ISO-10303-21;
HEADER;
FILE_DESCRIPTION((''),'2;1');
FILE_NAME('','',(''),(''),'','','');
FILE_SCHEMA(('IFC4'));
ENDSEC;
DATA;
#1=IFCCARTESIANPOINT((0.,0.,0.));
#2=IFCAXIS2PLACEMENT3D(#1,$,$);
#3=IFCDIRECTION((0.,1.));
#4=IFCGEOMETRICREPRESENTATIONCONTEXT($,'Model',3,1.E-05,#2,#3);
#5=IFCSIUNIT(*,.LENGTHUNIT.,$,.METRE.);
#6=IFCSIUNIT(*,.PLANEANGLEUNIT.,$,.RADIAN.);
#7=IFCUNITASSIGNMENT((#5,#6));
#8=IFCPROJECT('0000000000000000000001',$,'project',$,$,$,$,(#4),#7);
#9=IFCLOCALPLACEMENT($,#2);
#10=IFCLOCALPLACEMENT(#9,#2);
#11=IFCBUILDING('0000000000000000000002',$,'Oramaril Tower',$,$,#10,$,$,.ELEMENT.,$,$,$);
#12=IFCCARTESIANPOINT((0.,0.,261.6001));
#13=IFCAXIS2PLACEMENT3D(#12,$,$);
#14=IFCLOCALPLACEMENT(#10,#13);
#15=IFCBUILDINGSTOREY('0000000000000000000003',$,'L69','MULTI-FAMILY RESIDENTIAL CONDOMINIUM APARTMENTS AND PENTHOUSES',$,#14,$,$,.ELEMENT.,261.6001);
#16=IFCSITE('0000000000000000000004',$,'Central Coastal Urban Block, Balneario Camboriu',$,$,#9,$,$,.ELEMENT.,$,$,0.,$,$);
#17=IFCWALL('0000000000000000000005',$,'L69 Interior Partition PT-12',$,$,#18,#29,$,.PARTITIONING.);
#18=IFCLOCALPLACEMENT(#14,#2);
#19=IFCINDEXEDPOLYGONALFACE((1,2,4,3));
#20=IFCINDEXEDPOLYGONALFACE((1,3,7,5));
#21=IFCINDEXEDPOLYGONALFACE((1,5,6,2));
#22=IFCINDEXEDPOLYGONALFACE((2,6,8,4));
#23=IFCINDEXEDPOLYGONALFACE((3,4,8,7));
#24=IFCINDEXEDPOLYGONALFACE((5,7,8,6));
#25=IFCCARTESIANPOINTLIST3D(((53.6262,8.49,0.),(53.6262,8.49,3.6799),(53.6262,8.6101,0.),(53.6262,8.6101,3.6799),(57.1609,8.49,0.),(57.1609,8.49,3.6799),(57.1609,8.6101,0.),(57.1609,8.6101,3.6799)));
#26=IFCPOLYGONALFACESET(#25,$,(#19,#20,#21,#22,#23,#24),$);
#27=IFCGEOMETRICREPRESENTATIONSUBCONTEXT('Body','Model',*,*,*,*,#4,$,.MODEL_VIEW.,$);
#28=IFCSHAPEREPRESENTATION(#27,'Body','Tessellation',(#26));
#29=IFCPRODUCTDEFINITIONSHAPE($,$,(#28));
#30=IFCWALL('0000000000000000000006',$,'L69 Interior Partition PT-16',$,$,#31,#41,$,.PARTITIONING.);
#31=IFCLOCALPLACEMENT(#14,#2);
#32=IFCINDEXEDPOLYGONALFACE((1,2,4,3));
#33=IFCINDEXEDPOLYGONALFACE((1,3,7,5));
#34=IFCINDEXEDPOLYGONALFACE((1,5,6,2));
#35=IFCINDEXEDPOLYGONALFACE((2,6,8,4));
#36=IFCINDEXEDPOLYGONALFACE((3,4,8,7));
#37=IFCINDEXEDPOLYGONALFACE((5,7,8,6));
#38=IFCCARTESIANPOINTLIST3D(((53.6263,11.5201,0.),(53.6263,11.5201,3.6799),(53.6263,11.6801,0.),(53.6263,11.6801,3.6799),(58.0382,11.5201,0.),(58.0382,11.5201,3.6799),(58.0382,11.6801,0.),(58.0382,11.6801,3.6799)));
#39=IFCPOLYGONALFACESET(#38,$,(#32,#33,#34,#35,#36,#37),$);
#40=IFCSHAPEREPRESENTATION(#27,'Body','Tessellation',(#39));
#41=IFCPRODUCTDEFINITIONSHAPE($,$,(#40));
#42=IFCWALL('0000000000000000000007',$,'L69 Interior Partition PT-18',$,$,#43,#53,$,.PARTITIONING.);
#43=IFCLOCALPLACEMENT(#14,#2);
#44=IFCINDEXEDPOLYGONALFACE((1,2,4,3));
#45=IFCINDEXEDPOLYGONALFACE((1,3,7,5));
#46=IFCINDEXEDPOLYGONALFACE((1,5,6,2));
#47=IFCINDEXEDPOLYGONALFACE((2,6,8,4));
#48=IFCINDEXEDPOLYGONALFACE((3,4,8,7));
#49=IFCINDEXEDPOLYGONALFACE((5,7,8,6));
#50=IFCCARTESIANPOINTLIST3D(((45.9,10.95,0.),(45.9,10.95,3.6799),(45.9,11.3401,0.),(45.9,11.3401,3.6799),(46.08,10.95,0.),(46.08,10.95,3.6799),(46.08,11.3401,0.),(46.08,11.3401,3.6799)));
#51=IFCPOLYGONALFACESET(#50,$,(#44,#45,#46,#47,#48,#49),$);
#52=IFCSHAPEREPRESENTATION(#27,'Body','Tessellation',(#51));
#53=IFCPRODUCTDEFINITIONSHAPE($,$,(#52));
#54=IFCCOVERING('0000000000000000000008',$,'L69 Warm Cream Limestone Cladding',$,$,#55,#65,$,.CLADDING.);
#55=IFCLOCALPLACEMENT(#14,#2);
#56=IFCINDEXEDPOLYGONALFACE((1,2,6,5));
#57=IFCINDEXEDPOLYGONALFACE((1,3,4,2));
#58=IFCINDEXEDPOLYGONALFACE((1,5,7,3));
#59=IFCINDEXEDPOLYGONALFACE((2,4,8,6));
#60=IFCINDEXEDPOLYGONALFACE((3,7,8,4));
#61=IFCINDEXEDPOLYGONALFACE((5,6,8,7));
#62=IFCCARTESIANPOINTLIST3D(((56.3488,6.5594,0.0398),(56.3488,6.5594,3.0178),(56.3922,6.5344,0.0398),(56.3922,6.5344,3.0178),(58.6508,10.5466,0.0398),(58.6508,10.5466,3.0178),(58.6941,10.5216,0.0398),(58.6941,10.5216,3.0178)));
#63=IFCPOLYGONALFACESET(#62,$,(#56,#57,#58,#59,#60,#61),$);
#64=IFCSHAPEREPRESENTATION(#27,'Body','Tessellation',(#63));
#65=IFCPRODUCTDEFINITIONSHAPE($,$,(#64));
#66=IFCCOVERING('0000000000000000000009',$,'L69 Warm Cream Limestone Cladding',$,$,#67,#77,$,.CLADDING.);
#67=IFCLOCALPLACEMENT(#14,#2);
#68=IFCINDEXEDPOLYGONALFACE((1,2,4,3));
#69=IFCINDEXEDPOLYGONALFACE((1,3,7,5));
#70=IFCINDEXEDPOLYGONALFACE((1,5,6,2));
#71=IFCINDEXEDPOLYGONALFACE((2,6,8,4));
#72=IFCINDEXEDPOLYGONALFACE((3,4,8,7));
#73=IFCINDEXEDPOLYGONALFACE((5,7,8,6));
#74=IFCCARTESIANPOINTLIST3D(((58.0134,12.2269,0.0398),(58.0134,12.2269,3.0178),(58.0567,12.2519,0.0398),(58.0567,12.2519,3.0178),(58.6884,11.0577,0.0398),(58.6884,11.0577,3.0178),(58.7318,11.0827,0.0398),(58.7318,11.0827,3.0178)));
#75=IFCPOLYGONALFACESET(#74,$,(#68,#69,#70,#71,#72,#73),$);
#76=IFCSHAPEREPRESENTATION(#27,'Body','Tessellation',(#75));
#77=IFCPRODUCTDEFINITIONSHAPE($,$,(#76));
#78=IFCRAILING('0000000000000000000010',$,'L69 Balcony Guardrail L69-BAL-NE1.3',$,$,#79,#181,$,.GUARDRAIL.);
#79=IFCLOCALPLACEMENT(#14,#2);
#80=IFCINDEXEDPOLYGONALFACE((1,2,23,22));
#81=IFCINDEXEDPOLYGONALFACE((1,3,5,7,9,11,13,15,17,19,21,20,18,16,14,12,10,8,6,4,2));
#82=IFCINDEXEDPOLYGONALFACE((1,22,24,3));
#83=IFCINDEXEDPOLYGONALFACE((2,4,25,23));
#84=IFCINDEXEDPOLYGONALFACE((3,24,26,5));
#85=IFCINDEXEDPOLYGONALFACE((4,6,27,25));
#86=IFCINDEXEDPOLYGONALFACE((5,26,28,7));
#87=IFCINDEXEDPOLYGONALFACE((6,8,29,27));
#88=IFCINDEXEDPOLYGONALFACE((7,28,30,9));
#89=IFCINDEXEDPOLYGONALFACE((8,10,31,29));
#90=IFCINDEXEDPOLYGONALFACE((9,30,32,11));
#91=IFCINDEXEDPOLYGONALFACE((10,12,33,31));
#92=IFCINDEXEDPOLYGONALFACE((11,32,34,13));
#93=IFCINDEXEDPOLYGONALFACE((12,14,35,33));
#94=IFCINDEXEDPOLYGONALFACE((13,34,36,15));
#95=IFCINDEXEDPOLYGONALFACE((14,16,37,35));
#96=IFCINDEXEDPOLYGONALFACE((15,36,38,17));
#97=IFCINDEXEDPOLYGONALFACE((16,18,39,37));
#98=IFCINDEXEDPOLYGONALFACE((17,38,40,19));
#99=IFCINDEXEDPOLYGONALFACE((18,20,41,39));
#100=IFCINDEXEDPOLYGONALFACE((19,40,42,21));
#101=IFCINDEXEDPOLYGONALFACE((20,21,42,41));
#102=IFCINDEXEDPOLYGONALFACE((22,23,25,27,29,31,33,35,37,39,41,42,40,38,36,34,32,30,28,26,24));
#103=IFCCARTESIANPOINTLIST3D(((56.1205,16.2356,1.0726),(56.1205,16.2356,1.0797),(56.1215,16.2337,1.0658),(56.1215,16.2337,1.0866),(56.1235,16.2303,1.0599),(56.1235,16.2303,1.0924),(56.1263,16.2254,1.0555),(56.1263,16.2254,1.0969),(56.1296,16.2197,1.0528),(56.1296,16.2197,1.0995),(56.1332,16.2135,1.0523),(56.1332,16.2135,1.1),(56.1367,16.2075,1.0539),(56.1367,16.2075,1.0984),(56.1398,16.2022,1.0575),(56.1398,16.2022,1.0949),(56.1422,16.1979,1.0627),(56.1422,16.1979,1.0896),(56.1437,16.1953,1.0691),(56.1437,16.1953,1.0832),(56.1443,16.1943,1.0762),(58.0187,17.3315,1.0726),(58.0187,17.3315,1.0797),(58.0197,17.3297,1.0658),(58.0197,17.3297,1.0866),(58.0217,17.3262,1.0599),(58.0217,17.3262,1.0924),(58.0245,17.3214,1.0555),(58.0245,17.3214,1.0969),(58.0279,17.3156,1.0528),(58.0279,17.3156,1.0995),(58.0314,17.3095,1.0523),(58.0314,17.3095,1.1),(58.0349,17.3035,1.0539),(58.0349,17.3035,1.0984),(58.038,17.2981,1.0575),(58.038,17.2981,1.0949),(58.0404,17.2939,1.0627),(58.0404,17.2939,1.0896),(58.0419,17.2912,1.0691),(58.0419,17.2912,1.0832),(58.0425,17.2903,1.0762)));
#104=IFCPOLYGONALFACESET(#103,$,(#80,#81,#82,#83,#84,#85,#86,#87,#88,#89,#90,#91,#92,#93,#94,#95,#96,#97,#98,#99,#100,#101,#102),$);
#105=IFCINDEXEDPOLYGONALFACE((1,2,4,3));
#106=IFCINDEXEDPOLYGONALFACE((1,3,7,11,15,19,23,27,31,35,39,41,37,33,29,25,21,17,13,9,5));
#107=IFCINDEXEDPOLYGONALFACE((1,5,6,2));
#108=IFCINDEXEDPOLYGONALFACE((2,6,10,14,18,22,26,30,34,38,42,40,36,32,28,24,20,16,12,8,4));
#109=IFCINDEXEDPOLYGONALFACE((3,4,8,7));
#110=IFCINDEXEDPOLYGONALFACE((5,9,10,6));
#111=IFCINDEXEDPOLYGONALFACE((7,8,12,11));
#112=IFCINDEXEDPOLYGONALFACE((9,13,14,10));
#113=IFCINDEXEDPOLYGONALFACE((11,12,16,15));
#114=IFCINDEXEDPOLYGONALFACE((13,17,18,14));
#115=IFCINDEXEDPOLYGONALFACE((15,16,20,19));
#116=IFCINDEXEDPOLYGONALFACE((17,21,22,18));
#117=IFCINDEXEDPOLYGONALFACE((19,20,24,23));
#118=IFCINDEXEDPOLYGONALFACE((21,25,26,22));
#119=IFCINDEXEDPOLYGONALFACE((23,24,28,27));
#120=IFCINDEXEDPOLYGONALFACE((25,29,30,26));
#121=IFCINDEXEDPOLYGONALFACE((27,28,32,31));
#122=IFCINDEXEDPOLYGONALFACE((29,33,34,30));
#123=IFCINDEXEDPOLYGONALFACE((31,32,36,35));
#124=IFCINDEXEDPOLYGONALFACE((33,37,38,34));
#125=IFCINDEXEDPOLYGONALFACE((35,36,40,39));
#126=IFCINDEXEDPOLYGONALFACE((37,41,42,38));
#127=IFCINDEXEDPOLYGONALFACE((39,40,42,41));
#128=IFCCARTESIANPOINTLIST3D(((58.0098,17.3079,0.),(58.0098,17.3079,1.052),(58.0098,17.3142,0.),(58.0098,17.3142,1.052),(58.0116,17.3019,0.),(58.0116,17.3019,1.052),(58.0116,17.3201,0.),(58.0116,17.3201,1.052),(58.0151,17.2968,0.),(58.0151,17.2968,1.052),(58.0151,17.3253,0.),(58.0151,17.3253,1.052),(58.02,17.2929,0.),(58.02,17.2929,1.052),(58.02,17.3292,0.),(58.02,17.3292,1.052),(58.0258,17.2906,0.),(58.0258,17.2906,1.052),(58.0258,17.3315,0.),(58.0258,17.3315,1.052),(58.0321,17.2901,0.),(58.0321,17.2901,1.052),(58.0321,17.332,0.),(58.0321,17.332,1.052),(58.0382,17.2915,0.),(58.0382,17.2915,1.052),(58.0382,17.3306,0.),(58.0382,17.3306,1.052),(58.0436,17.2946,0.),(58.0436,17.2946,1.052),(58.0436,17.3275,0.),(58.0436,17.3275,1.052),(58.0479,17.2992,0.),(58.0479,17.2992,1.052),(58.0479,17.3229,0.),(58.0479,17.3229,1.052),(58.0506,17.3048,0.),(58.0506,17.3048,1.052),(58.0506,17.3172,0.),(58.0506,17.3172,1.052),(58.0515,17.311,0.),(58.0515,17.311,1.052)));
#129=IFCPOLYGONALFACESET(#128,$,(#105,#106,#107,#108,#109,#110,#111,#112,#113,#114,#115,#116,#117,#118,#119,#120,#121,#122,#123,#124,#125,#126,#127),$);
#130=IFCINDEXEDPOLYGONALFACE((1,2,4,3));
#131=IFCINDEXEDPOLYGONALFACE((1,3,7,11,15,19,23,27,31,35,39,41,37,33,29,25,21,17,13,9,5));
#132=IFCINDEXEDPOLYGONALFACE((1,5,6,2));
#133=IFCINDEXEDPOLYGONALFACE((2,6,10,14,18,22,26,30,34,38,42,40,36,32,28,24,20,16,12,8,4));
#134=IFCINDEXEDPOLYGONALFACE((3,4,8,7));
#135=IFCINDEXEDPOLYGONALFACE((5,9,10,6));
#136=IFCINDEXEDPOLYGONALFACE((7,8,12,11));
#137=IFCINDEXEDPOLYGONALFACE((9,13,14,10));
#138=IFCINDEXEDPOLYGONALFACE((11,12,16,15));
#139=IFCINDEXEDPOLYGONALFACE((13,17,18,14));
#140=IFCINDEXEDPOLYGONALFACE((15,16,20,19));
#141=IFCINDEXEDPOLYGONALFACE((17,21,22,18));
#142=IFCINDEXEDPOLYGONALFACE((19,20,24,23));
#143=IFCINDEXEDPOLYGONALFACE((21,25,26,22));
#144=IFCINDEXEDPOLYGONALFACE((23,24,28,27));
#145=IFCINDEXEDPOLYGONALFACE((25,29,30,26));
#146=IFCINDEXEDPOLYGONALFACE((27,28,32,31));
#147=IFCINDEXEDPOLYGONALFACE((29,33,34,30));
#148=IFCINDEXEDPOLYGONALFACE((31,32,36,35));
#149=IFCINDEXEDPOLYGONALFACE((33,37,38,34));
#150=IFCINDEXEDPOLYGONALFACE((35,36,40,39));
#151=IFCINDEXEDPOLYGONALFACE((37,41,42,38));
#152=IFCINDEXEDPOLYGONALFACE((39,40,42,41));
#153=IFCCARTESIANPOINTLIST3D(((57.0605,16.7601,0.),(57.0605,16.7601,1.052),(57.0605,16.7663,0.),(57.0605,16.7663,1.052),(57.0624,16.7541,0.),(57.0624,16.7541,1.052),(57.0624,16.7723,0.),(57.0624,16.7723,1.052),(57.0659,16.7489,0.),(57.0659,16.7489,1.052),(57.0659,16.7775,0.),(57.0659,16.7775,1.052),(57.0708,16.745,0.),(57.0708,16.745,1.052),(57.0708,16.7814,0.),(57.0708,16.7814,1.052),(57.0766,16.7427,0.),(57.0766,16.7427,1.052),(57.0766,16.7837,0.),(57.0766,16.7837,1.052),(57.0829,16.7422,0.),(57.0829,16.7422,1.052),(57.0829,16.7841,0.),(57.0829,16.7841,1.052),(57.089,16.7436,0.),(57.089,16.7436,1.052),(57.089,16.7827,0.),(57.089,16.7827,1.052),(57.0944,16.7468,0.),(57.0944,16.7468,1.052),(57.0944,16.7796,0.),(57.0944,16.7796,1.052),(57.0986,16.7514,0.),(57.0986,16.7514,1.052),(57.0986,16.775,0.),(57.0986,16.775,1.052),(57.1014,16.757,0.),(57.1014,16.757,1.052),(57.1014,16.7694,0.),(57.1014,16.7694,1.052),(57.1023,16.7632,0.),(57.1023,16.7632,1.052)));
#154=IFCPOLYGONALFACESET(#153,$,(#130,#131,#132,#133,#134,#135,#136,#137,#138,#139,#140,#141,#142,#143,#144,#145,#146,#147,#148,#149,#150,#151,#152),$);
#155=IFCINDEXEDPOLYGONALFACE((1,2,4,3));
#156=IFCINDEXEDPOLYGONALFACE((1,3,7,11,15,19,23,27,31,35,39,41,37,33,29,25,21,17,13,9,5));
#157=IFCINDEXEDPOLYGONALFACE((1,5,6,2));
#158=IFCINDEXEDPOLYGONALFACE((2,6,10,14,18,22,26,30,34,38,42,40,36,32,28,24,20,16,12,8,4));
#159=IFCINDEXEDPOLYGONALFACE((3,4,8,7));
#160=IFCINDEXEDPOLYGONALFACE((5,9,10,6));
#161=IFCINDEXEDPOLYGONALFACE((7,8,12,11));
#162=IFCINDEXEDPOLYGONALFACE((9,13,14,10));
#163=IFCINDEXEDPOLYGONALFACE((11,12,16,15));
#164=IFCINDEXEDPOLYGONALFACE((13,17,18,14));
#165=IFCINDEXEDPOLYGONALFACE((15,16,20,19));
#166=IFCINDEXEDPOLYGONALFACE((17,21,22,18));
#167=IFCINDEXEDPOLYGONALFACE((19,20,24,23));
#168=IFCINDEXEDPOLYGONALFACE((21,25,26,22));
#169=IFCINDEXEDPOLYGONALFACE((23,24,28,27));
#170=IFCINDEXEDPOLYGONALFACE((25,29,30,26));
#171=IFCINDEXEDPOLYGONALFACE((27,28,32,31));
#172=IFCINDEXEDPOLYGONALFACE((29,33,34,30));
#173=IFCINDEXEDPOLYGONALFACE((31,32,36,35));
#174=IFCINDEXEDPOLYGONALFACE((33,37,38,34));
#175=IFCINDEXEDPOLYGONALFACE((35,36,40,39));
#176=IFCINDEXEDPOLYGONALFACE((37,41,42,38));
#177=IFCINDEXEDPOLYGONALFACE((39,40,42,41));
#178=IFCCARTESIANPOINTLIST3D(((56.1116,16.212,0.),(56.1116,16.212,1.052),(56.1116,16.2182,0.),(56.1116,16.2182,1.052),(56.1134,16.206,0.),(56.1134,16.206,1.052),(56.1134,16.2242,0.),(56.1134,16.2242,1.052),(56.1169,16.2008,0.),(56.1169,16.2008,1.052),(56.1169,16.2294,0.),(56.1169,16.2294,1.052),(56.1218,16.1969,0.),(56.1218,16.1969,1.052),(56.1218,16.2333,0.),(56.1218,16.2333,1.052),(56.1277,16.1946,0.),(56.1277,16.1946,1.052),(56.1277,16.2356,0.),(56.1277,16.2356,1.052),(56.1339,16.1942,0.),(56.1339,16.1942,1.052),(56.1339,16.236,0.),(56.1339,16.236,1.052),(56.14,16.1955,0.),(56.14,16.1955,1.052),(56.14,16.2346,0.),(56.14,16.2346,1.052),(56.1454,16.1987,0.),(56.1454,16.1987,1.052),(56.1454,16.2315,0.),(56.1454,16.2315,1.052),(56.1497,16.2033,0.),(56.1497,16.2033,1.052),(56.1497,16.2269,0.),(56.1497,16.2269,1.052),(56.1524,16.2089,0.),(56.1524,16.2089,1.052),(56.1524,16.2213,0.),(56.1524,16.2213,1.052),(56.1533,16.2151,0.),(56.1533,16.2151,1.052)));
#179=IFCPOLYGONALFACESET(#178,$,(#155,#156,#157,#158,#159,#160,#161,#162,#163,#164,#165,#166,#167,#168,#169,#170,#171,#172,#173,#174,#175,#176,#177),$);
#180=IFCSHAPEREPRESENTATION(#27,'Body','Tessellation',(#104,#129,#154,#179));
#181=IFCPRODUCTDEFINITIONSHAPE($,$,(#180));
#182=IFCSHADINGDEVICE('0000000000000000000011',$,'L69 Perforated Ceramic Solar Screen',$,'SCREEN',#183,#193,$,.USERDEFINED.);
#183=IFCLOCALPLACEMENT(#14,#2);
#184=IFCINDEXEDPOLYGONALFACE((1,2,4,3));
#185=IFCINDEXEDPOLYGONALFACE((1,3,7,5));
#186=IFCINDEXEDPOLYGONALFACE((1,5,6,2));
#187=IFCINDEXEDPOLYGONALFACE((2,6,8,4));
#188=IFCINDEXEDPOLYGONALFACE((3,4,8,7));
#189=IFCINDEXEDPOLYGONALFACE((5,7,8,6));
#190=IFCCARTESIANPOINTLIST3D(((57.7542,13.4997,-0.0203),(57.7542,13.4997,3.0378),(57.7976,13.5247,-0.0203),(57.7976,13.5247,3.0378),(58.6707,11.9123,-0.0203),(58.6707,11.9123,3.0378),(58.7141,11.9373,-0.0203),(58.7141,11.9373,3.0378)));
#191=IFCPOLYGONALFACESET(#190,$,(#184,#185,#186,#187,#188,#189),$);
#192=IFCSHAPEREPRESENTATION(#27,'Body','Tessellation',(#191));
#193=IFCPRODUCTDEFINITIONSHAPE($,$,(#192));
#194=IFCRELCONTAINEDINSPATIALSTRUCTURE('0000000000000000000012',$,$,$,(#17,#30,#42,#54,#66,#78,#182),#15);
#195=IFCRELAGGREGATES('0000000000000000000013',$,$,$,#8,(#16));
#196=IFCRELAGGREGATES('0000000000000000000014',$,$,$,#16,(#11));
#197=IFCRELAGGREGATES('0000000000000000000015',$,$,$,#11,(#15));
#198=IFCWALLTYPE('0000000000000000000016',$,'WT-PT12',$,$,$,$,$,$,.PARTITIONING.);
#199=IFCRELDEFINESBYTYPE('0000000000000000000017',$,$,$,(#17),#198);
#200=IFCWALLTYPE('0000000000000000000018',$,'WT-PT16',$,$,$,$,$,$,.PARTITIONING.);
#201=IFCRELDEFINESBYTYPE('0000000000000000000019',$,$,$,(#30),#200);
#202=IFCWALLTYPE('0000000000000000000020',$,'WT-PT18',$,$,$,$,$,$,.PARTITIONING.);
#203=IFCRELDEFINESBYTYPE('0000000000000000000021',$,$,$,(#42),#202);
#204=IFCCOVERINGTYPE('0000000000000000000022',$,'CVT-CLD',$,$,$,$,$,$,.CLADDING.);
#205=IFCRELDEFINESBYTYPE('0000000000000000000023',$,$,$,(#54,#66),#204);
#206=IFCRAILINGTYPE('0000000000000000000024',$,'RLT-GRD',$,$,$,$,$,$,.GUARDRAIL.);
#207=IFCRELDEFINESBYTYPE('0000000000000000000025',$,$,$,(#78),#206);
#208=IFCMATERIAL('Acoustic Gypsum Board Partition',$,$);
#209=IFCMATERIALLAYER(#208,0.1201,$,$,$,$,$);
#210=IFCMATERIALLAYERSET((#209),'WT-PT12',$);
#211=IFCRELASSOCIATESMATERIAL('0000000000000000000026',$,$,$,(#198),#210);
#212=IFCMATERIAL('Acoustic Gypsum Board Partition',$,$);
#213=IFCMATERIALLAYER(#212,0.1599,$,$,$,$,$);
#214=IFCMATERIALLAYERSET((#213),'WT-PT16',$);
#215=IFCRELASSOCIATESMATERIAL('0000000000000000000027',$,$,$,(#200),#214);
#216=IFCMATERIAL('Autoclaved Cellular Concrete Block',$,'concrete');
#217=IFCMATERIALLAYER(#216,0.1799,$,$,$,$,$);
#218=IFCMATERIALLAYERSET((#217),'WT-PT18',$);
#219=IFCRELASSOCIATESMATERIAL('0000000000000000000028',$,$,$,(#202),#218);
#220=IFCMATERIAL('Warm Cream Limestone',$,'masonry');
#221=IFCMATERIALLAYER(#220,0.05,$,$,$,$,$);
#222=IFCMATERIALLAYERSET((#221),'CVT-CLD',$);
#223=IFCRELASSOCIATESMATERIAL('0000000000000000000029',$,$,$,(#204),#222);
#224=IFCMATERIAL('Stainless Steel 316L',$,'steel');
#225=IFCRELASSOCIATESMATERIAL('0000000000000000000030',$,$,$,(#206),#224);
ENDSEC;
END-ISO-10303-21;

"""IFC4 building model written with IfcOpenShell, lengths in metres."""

from ifc_helpers import new_model, si_unit, direction, frame, frame_2d, origin, origin_2d, place, context, subcontext, project, spatial, rectangle, circle, extrude, material, layer, layer_set, type_object, element, save


model = new_model("IFC4")

# Units and contexts
model_context = context("Model", 3, precision=1e-05, world=origin(), true_north=direction((0.0, 1.0)))
body_context = subcontext(model_context, "Body", "Model", "MODEL_VIEW")
ifc_project = project(units=[si_unit("LENGTHUNIT", "METRE"), si_unit("PLANEANGLEUNIT", "RADIAN")], contexts=[model_context])

# Site, building, storey
site_placement = place(None, origin())
site = spatial("IfcSite", under=ifc_project, at=site_placement, Name="Central Coastal Urban Block, Balneario Camboriu", CompositionType="ELEMENT", RefElevation=0.0)
building_placement = place(site_placement, origin())
building = spatial("IfcBuilding", under=site, at=building_placement, Name="Oramaril Tower", CompositionType="ELEMENT")
storey_placement = place(building_placement, frame((0.0, 0.0, 261.6001)))
storey = spatial("IfcBuildingStorey", under=building, at=storey_placement, Name="L69", Description="MULTI-FAMILY RESIDENTIAL CONDOMINIUM APARTMENTS AND PENTHOUSES", CompositionType="ELEMENT", Elevation=261.6001)

# Walls
ifc_material_1 = material(Name="Acoustic Gypsum Board Partition")
ifc_layer_1 = layer(ifc_material_1, 0.1201)
ifc_layer_set_1 = layer_set([ifc_layer_1], Name="WT-PT12")
wall_type_1 = type_object("IfcWallType", Name="WT-PT12", PredefinedType="PARTITIONING", material=ifc_layer_set_1)
wall_1_placement = place(storey_placement, frame((53.6262, 8.55, 0.0), z_axis=(0.0, 0.0, 1.0), x_axis=(1.0, 0.0, 0.0)))
element("IfcWall", 1, at=wall_1_placement, inside=storey, type_object=wall_type_1, Name="L69 Interior Partition PT-12", PredefinedType="PARTITIONING", context=body_context, shape_type="SweptSolid", body=[
    extrude(rectangle(XDim=3.5347, YDim=0.1201, at=frame_2d((1.7673, 0.0))), origin(), (0.0, 0.0, 1.0), 3.6799),
])
ifc_material_2 = material(Name="Acoustic Gypsum Board Partition")
ifc_layer_2 = layer(ifc_material_2, 0.1599)
ifc_layer_set_2 = layer_set([ifc_layer_2], Name="WT-PT16")
wall_type_2 = type_object("IfcWallType", Name="WT-PT16", PredefinedType="PARTITIONING", material=ifc_layer_set_2)
wall_2_placement = place(storey_placement, frame((53.6262, 11.6001, 0.0), z_axis=(0.0, 0.0, 1.0), x_axis=(1.0, 0.0, 0.0)))
element("IfcWall", 2, at=wall_2_placement, inside=storey, type_object=wall_type_2, Name="L69 Interior Partition PT-16", PredefinedType="PARTITIONING", context=body_context, shape_type="SweptSolid", body=[
    extrude(rectangle(XDim=4.4119, YDim=0.1599, at=frame_2d((2.2061, 0.0))), origin(), (0.0, 0.0, 1.0), 3.6799),
])
ifc_material_3 = material(Name="Autoclaved Cellular Concrete Block", Category="concrete")
ifc_layer_3 = layer(ifc_material_3, 0.1799)
ifc_layer_set_3 = layer_set([ifc_layer_3], Name="WT-PT18")
wall_type_3 = type_object("IfcWallType", Name="WT-PT18", PredefinedType="PARTITIONING", material=ifc_layer_set_3)
wall_3_placement = place(storey_placement, frame((45.99, 10.95, 0.0), z_axis=(0.0, 0.0, 1.0), x_axis=(0.0, 1.0, 0.0)))
element("IfcWall", 3, at=wall_3_placement, inside=storey, type_object=wall_type_3, Name="L69 Interior Partition PT-18", PredefinedType="PARTITIONING", context=body_context, shape_type="SweptSolid", body=[
    extrude(rectangle(XDim=0.3901, YDim=0.1799, at=frame_2d((0.1951, 0.0))), origin(), (0.0, 0.0, 1.0), 3.6799),
])

# Coverings
ifc_material_4 = material(Name="Warm Cream Limestone", Category="masonry")
ifc_layer_4 = layer(ifc_material_4, 0.05)
ifc_layer_set_4 = layer_set([ifc_layer_4], Name="CVT-CLD")
covering_type = type_object("IfcCoveringType", Name="CVT-CLD", PredefinedType="CLADDING", material=ifc_layer_set_4)
covering_1_placement = place(storey_placement, frame((57.5215, 8.5405, 0.0398), z_axis=(0.0, 0.0, 1.0), x_axis=(0.499991, 0.866031, 0.0)))
element("IfcCovering", 4, at=covering_1_placement, inside=storey, type_object=covering_type, Name="L69 Warm Cream Limestone Cladding", PredefinedType="CLADDING", context=body_context, shape_type="SweptSolid", body=[
    extrude(rectangle(XDim=4.604, YDim=0.05, at=origin_2d()), origin(), (0.0, 0.0, 1.0), 2.978),
])
covering_2_placement = place(storey_placement, frame((58.3726, 11.6548, 0.0398), z_axis=(0.0, 0.0, 1.0), x_axis=(-0.5, 0.866025, 0.0)))
element("IfcCovering", 5, at=covering_2_placement, inside=storey, type_object=covering_type, Name="L69 Warm Cream Limestone Cladding", PredefinedType="CLADDING", context=body_context, shape_type="SweptSolid", body=[
    extrude(rectangle(XDim=1.3501, YDim=0.05, at=origin_2d()), origin(), (0.0, 0.0, 1.0), 2.978),
])

# Railing
ifc_material_5 = material(Name="Stainless Steel 316L", Category="steel")
railing_type = type_object("IfcRailingType", Name="RLT-GRD", PredefinedType="GUARDRAIL", material=ifc_material_5)
railing_placement = place(storey_placement, frame((58.0305, 17.311, 0.0)))
element("IfcRailing", 6, at=railing_placement, inside=storey, type_object=railing_type, Name="L69 Balcony Guardrail L69-BAL-NE1.3", PredefinedType="GUARDRAIL", context=body_context, shape_type="SweptSolid", body=[
    extrude(circle(Radius=0.0239, at=origin_2d()), frame((0.0, 0.0, 1.0762), z_axis=(-0.866021, -0.500008, 0.0), x_axis=(0.500008, -0.866021, 0.0)), (0.0, 0.0, 1.0), 2.1919),
    extrude(circle(Radius=0.021, at=origin_2d()), origin(), (0.0, 0.0, 1.0), 1.052),
    extrude(circle(Radius=0.021, at=origin_2d()), frame((-0.9492, -0.5479, 0.0)), (0.0, 0.0, 1.0), 1.052),
    extrude(circle(Radius=0.021, at=origin_2d()), frame((-1.8982, -1.0959, 0.0)), (0.0, 0.0, 1.0), 1.052),
])

# Shading device
for number, where, z_axis, x_axis, name in (
    (7, (58.2341, 12.7185, -0.0203), (0.0, 0.0, 1.0), (-0.5, 0.866025, 0.0), "L69 Perforated Ceramic Solar Screen"),
):
    element("IfcShadingDevice", number, at=place(storey_placement, frame(where, z_axis=z_axis, x_axis=x_axis)), inside=storey, Name=name, ObjectType="SCREEN", PredefinedType="USERDEFINED", context=body_context, shape_type="SweptSolid", body=[
        extrude(rectangle(XDim=1.833, YDim=0.05, at=origin_2d()), origin(), (0.0, 0.0, 1.0), 3.0581),
    ])

save(model, "model.ifc")
